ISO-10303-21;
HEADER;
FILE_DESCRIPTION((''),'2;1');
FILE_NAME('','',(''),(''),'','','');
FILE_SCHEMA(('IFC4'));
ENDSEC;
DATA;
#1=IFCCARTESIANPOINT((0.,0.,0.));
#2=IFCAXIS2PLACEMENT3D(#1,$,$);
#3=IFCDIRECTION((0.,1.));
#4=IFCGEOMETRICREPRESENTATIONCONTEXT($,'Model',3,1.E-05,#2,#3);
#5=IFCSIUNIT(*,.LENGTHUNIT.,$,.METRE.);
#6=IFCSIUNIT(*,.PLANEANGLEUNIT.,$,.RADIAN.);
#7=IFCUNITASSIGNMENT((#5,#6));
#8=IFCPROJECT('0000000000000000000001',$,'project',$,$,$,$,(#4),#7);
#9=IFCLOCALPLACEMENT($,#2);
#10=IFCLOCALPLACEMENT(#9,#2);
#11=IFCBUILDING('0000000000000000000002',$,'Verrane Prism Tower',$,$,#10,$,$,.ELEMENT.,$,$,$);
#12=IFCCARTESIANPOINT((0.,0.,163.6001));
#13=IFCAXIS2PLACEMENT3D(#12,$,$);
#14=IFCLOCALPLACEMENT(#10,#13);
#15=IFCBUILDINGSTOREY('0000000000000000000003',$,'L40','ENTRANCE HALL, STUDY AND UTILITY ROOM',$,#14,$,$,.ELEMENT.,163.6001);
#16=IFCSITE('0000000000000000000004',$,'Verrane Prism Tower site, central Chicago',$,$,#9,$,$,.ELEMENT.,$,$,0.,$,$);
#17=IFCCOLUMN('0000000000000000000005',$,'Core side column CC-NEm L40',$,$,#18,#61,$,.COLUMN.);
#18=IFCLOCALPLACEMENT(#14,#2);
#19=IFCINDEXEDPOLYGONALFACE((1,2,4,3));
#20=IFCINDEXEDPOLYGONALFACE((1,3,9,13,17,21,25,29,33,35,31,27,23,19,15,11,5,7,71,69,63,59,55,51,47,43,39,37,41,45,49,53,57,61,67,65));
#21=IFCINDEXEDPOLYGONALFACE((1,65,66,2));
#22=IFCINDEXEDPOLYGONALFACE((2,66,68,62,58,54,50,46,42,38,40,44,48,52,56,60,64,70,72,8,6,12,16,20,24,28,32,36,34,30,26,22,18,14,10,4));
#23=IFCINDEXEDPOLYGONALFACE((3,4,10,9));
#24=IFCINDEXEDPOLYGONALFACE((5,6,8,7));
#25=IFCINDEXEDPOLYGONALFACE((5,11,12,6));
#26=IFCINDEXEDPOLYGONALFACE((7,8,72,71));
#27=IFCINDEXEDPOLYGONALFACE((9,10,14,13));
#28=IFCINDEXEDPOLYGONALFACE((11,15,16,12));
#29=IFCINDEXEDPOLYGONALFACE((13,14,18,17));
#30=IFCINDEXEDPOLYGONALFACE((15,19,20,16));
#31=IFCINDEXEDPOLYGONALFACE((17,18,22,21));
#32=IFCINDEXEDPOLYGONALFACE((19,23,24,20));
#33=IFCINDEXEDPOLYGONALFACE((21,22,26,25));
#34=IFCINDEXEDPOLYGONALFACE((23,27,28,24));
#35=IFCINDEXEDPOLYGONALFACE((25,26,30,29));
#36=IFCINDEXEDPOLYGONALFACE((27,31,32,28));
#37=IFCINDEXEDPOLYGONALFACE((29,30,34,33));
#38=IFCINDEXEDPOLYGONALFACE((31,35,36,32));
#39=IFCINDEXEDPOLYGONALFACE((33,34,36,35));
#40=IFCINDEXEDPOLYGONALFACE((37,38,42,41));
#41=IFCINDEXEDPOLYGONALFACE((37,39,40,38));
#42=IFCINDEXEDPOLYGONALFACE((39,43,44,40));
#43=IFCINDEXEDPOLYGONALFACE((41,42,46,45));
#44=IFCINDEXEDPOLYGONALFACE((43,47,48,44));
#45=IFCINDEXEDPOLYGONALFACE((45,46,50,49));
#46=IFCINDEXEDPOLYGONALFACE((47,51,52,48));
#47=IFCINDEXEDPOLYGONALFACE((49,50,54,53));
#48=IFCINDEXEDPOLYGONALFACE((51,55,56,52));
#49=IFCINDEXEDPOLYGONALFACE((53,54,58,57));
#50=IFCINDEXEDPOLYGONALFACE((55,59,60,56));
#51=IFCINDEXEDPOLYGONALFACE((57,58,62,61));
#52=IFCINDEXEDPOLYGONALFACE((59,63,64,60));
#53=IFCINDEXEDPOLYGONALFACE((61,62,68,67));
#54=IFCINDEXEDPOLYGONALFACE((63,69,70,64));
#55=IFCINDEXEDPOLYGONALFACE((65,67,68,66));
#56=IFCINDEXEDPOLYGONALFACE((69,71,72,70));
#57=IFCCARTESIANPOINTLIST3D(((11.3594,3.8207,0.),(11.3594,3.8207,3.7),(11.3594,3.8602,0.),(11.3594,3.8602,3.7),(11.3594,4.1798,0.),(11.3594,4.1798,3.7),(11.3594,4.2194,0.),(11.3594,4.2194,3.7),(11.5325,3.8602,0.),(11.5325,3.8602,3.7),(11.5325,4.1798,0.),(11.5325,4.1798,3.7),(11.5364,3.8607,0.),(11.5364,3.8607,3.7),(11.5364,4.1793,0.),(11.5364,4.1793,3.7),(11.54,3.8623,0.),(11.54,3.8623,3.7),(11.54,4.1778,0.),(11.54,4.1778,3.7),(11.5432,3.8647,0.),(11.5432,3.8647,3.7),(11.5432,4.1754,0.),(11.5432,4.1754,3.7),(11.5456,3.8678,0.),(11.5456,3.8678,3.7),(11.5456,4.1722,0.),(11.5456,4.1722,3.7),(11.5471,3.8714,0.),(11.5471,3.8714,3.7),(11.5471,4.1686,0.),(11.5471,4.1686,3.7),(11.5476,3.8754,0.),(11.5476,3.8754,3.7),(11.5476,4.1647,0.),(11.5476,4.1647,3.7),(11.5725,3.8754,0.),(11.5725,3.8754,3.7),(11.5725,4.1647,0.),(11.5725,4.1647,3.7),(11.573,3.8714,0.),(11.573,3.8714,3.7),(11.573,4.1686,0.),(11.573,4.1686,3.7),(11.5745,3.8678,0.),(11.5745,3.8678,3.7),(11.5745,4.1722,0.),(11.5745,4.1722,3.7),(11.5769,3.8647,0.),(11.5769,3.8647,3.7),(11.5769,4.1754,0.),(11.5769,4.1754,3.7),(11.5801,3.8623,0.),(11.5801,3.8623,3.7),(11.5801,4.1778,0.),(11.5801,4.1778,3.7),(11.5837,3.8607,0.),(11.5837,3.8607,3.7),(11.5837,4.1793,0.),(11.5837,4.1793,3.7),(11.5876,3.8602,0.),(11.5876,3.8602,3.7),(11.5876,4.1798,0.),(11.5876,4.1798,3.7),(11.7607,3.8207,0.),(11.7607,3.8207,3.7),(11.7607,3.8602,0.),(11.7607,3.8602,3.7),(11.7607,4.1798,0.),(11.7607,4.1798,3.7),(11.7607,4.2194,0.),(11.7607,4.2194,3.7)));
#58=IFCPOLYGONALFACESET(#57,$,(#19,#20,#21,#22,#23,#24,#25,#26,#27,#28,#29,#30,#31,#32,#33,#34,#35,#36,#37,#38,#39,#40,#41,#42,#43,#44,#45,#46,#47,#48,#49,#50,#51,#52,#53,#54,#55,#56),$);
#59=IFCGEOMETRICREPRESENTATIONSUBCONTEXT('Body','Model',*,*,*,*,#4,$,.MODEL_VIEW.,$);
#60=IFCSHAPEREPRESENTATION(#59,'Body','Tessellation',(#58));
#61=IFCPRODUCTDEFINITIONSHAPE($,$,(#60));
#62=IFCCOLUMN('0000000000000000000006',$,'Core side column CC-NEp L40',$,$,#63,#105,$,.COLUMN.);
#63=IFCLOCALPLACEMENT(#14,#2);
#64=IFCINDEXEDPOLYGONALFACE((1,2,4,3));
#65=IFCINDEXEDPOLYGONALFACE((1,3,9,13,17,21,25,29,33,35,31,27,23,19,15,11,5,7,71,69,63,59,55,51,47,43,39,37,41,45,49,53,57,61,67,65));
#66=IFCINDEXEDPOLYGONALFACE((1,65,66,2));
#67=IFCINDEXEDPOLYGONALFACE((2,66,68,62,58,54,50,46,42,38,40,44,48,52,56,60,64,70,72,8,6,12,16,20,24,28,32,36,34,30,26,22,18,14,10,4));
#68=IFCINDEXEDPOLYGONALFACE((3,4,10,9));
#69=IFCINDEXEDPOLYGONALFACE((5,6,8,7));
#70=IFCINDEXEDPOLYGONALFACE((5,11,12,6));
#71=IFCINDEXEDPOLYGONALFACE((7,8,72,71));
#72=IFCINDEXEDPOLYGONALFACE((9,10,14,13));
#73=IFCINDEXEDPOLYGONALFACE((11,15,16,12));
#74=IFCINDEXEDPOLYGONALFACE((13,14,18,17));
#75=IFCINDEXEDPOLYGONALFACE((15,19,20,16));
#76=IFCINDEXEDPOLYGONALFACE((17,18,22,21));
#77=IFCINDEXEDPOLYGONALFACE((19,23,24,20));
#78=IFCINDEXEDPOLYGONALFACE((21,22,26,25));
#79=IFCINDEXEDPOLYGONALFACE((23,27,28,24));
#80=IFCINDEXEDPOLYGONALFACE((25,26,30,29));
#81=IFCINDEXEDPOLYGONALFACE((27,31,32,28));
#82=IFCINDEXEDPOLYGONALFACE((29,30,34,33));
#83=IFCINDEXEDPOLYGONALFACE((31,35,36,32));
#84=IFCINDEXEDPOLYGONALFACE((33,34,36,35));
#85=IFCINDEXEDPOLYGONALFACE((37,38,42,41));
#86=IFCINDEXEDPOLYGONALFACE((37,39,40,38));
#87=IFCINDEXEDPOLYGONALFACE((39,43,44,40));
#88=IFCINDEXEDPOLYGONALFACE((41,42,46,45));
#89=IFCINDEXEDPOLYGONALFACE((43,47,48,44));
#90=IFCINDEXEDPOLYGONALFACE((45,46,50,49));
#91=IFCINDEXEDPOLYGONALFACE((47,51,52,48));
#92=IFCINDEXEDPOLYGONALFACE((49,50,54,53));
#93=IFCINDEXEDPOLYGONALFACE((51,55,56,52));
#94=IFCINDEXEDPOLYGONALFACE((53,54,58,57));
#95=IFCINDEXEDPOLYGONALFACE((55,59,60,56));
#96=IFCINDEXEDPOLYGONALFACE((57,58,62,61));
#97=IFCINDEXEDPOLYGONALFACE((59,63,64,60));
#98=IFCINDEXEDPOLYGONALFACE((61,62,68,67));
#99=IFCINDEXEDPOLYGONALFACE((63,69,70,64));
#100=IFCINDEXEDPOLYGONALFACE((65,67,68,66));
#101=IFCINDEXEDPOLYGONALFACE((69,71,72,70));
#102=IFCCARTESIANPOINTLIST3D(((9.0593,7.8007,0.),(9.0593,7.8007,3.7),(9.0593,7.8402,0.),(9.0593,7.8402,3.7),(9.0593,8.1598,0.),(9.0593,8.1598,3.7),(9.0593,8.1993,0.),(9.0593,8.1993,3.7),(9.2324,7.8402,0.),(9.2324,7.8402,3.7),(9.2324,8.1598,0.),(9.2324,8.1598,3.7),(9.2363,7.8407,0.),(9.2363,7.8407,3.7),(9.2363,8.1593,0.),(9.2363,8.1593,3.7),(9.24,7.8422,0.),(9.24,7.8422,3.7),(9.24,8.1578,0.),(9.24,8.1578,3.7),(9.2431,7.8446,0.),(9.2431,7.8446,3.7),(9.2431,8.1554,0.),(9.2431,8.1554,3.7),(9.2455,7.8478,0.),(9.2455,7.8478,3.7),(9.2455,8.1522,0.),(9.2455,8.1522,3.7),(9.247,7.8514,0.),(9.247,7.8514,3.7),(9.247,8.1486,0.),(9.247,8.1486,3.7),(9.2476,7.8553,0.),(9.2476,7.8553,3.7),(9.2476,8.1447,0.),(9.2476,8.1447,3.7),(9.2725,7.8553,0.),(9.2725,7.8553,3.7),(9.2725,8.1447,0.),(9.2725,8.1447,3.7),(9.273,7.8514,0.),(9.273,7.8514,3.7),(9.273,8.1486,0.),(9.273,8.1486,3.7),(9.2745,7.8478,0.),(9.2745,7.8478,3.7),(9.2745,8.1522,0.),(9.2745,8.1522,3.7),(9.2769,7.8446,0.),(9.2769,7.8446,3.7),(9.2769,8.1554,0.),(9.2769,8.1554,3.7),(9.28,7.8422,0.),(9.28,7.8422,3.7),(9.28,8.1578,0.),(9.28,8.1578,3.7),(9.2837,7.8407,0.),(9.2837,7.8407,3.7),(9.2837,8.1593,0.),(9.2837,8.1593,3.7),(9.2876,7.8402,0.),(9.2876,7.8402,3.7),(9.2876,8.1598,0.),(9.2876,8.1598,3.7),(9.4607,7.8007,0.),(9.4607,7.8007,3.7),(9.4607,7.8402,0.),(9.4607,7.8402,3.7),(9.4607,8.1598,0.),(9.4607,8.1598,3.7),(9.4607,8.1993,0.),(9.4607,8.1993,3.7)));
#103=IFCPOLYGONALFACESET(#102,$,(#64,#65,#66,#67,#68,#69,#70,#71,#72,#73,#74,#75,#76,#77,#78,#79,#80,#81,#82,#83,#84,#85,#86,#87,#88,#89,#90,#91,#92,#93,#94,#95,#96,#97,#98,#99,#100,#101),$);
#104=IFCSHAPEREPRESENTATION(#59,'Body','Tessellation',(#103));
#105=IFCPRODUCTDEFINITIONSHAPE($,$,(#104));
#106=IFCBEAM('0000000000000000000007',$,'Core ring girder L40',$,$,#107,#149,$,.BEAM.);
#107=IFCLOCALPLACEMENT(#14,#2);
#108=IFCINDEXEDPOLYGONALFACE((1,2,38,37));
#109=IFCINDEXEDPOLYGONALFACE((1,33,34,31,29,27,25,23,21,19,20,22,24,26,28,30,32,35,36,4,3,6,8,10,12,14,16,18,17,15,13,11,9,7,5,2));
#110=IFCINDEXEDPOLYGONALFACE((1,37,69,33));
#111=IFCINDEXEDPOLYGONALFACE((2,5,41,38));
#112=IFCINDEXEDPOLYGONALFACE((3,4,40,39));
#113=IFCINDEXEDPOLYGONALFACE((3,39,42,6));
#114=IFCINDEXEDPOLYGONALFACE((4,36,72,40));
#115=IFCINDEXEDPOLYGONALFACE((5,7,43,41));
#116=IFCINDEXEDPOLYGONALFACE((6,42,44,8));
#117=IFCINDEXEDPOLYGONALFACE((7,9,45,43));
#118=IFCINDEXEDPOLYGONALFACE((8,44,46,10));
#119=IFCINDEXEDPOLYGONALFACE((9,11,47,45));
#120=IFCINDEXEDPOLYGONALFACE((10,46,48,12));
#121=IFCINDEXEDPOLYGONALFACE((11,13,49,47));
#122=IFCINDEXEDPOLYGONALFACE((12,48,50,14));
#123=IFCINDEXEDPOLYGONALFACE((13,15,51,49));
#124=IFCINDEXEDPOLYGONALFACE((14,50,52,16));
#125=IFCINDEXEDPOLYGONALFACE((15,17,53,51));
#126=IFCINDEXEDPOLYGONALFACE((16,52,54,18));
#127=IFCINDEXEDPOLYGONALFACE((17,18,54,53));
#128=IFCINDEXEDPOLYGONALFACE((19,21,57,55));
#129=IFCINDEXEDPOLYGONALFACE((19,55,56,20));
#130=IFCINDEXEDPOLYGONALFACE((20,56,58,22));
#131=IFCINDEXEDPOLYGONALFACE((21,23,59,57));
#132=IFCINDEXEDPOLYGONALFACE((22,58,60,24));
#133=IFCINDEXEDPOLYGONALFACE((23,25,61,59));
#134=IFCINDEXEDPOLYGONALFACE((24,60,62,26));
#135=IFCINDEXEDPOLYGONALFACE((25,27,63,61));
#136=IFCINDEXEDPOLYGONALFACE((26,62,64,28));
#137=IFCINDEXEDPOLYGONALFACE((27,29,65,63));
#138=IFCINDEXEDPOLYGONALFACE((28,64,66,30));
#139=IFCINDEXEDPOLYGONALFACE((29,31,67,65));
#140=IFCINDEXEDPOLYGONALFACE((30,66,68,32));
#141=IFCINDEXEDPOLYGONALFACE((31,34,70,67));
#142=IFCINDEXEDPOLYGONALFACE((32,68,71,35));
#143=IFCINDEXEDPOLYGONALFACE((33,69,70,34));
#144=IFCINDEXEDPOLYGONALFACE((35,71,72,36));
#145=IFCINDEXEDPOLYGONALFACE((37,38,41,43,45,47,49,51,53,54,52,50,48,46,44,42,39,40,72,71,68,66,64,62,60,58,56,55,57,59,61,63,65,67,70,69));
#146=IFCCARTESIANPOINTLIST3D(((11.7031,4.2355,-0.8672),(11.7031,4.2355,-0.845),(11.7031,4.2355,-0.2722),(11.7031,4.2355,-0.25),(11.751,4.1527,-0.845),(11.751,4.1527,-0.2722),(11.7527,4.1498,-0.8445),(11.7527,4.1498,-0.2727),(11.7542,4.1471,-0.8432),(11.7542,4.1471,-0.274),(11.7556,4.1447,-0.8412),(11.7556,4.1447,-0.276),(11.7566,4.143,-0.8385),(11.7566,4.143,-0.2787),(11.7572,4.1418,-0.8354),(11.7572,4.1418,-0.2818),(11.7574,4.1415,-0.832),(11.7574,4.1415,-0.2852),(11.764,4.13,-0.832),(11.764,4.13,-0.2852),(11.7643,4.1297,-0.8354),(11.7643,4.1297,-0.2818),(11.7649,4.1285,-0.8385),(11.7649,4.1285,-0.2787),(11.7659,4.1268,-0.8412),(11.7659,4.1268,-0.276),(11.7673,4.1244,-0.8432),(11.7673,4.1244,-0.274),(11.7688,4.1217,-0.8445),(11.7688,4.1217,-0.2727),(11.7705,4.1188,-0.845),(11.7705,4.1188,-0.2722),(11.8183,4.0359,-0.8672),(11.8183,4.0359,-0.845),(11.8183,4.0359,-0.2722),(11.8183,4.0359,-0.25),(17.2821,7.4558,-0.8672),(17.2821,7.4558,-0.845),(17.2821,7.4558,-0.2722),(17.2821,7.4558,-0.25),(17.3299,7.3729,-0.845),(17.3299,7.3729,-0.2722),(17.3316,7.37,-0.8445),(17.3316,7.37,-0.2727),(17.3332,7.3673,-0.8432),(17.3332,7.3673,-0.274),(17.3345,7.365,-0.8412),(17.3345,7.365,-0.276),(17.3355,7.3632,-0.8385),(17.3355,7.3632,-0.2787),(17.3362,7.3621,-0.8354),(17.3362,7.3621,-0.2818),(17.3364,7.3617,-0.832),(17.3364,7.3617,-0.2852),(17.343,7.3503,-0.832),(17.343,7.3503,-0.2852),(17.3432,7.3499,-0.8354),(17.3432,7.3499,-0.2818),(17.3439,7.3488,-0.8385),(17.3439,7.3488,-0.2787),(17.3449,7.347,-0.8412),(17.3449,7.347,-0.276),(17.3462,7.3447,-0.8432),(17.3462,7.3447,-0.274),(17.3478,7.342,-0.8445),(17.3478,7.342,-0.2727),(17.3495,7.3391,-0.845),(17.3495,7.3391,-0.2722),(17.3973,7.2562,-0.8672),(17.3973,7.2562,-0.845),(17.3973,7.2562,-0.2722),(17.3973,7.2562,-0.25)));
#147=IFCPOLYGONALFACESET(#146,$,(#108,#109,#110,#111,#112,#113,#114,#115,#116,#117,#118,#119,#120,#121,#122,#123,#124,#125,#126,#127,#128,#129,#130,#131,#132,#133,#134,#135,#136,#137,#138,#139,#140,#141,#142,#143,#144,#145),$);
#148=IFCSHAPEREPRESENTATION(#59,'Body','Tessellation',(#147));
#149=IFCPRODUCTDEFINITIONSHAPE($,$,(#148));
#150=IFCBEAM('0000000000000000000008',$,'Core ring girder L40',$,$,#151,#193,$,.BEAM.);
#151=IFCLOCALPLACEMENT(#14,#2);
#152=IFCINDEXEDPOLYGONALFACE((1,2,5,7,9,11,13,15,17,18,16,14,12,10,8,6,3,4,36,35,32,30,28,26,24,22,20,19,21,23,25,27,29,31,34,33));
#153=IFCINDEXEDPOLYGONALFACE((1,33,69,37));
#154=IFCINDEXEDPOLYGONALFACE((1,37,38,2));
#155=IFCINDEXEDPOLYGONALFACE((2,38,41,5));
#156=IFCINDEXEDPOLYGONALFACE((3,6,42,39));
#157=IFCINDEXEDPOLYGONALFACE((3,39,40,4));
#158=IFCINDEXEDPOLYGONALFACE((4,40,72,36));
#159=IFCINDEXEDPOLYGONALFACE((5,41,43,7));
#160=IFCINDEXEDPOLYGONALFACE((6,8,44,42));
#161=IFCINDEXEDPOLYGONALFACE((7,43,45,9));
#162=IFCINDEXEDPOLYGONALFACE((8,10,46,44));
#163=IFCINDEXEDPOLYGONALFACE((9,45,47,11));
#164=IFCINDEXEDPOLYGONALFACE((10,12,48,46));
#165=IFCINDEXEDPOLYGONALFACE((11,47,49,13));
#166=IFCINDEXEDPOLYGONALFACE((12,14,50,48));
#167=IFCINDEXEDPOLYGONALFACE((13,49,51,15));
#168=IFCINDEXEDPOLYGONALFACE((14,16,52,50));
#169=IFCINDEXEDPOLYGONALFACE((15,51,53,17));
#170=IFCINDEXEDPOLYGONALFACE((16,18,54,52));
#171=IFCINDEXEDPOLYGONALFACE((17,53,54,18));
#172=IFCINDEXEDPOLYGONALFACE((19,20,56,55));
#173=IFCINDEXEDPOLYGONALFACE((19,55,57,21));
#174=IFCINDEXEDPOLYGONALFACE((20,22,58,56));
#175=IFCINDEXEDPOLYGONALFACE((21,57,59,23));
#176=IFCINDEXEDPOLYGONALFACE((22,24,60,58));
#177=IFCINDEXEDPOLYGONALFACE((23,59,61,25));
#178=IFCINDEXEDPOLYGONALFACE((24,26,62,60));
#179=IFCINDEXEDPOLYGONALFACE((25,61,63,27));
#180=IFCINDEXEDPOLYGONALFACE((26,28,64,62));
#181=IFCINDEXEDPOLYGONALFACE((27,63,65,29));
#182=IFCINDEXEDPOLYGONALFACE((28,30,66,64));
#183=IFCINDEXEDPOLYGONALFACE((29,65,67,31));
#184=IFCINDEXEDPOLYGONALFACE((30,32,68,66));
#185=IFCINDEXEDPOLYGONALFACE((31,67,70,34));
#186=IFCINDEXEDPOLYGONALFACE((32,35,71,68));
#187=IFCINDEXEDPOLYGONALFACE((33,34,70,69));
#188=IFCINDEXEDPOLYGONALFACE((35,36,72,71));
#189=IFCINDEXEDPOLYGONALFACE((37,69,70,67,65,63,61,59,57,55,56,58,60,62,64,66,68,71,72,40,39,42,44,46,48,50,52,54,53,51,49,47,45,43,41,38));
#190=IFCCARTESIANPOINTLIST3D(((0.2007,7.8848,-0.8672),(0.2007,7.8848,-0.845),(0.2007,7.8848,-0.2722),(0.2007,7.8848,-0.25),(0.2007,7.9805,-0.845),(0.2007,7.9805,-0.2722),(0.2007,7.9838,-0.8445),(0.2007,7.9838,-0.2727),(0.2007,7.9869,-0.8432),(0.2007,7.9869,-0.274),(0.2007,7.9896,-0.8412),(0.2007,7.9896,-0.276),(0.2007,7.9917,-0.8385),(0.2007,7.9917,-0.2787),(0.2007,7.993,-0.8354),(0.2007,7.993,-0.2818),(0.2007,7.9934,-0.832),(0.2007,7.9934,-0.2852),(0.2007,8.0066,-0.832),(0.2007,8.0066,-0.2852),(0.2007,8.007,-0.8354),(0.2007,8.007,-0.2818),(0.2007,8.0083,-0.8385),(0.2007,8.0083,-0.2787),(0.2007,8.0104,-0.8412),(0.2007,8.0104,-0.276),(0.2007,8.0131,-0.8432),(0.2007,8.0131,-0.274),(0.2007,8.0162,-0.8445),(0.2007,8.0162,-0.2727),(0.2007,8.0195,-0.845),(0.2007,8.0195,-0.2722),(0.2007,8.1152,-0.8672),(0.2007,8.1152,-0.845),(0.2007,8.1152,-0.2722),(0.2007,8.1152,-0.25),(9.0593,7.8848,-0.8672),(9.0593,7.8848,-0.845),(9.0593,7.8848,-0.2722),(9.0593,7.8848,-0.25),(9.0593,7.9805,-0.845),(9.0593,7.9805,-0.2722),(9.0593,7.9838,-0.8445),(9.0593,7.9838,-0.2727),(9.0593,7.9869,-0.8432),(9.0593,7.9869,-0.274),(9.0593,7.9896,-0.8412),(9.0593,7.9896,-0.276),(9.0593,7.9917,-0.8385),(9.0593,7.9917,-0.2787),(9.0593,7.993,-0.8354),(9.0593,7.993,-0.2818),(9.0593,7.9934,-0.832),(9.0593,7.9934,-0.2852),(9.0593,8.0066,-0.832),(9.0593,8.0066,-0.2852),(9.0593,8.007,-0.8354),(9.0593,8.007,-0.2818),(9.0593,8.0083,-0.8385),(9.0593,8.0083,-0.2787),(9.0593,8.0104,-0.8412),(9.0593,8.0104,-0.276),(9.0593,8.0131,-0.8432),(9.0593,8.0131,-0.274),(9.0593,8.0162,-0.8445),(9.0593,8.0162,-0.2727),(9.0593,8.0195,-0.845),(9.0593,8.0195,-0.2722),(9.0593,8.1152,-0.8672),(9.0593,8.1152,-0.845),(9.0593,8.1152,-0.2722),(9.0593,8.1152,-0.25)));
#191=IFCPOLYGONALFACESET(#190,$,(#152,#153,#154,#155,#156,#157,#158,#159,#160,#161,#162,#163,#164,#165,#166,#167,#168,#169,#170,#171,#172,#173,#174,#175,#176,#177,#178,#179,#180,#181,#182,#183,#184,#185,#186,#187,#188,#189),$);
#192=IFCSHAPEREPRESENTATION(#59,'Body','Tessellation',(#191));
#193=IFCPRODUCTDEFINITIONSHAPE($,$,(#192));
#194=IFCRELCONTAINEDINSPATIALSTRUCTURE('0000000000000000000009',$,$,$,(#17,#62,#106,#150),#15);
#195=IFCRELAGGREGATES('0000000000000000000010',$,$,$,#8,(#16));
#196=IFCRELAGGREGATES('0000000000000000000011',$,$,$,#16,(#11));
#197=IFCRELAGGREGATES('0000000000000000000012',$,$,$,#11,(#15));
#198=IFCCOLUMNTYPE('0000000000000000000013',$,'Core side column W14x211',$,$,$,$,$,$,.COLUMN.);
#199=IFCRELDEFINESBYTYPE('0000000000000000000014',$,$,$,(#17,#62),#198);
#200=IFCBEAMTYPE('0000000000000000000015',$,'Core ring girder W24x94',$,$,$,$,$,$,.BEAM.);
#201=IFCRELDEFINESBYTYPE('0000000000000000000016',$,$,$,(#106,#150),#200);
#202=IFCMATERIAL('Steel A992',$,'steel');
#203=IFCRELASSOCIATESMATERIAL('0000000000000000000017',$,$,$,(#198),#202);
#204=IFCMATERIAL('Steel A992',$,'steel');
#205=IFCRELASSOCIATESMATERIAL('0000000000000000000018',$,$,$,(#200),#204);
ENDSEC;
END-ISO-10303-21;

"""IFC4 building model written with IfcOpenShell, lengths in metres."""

from ifc_helpers import new_model, si_unit, direction, frame, origin, origin_2d, place, context, subcontext, project, spatial, i_section, extrude, material, material_profile, profile_set, type_object, element, save


model = new_model("IFC4")

# Units and contexts
model_context = context("Model", 3, precision=1e-05, world=origin(), true_north=direction((0.0, 1.0)))
body_context = subcontext(model_context, "Body", "Model", "MODEL_VIEW")
ifc_project = project(units=[si_unit("LENGTHUNIT", "METRE"), si_unit("PLANEANGLEUNIT", "RADIAN")], contexts=[model_context])

# Site, building, storey
site_placement = place(None, origin())
site = spatial("IfcSite", under=ifc_project, at=site_placement, Name="Verrane Prism Tower site, central Chicago", CompositionType="ELEMENT", RefElevation=0.0)
building_placement = place(site_placement, origin())
building = spatial("IfcBuilding", under=site, at=building_placement, Name="Verrane Prism Tower", CompositionType="ELEMENT")
storey_placement = place(building_placement, frame((0.0, 0.0, 163.6001)))
storey = spatial("IfcBuildingStorey", under=building, at=storey_placement, Name="L40", Description="ENTRANCE HALL, STUDY AND UTILITY ROOM", CompositionType="ELEMENT", Elevation=163.6001)

# Columns
ifc_material_1 = material(Name="Steel A992", Category="steel")
ifc_material_profile_1 = material_profile(ifc_material_1, i_section(OverallWidth=0.4014, OverallDepth=0.3987, WebThickness=0.0249, FlangeThickness=0.0396, FilletRadius=0.0151, at=origin_2d()), Name="W14x211")
ifc_profile_set_1 = profile_set([ifc_material_profile_1], Name="Steel A992")
column_type = type_object("IfcColumnType", Name="Core side column W14x211", PredefinedType="COLUMN", material=ifc_profile_set_1)
for number, where, z_axis, x_axis, name in (
    (1, (11.5601, 4.02, 0.0), (0.0, 0.0, 1.0), (1.0, 0.0, 0.0), "Core side column CC-NEm L40"),
    (2, (9.26, 8.0, 0.0), (0.0, 0.0, 1.0), (1.0, 0.0, 0.0), "Core side column CC-NEp L40"),
):
    element("IfcColumn", number, at=place(storey_placement, frame(where, z_axis=z_axis, x_axis=x_axis)), inside=storey, type_object=column_type, Name=name, PredefinedType="COLUMN", context=body_context, shape_type="SweptSolid", body=[
        extrude(i_section(OverallWidth=0.4014, OverallDepth=0.3987, WebThickness=0.0249, FlangeThickness=0.0396, FilletRadius=0.0151, at=origin_2d()), origin(), (0.0, 0.0, 1.0), 3.7),
    ])

# Beams
ifc_material_2 = material(Name="Steel A992", Category="steel")
ifc_material_profile_2 = material_profile(ifc_material_2, i_section(OverallWidth=0.2305, OverallDepth=0.6172, WebThickness=0.0132, FlangeThickness=0.0222, FilletRadius=0.0129, at=origin_2d()), Name="W24x94")
ifc_profile_set_2 = profile_set([ifc_material_profile_2], Name="Steel A992")
beam_type_1 = type_object("IfcBeamType", Name="Core ring girder W24x94", PredefinedType="BEAM", material=ifc_profile_set_2)
beam_1_placement = place(storey_placement, frame((11.7607, 4.1357, -0.5586), z_axis=(0.866075, 0.499914, 0.0), x_axis=(-0.499914, 0.866075, 0.0)))
element("IfcBeam", 3, at=beam_1_placement, inside=storey, type_object=beam_type_1, Name="Core ring girder L40", PredefinedType="BEAM", context=body_context, shape_type="SweptSolid", body=[
    extrude(i_section(OverallWidth=0.2305, OverallDepth=0.6172, WebThickness=0.0132, FlangeThickness=0.0222, FilletRadius=0.0129, at=origin_2d()), origin(), (0.0, 0.0, 1.0), 6.4417),
])
beam_2_placement = place(storey_placement, frame((9.0593, 8.0, -0.5586), z_axis=(-1.0, 0.0, 0.0), x_axis=(0.0, -1.0, 0.0)))
element("IfcBeam", 4, at=beam_2_placement, inside=storey, type_object=beam_type_1, Name="Core ring girder L40", PredefinedType="BEAM", context=body_context, shape_type="SweptSolid", body=[
    extrude(i_section(OverallWidth=0.2305, OverallDepth=0.6172, WebThickness=0.0132, FlangeThickness=0.0222, FilletRadius=0.0129, at=origin_2d()), origin(), (0.0, 0.0, 1.0), 8.8586),
])

save(model, "model.ifc")
